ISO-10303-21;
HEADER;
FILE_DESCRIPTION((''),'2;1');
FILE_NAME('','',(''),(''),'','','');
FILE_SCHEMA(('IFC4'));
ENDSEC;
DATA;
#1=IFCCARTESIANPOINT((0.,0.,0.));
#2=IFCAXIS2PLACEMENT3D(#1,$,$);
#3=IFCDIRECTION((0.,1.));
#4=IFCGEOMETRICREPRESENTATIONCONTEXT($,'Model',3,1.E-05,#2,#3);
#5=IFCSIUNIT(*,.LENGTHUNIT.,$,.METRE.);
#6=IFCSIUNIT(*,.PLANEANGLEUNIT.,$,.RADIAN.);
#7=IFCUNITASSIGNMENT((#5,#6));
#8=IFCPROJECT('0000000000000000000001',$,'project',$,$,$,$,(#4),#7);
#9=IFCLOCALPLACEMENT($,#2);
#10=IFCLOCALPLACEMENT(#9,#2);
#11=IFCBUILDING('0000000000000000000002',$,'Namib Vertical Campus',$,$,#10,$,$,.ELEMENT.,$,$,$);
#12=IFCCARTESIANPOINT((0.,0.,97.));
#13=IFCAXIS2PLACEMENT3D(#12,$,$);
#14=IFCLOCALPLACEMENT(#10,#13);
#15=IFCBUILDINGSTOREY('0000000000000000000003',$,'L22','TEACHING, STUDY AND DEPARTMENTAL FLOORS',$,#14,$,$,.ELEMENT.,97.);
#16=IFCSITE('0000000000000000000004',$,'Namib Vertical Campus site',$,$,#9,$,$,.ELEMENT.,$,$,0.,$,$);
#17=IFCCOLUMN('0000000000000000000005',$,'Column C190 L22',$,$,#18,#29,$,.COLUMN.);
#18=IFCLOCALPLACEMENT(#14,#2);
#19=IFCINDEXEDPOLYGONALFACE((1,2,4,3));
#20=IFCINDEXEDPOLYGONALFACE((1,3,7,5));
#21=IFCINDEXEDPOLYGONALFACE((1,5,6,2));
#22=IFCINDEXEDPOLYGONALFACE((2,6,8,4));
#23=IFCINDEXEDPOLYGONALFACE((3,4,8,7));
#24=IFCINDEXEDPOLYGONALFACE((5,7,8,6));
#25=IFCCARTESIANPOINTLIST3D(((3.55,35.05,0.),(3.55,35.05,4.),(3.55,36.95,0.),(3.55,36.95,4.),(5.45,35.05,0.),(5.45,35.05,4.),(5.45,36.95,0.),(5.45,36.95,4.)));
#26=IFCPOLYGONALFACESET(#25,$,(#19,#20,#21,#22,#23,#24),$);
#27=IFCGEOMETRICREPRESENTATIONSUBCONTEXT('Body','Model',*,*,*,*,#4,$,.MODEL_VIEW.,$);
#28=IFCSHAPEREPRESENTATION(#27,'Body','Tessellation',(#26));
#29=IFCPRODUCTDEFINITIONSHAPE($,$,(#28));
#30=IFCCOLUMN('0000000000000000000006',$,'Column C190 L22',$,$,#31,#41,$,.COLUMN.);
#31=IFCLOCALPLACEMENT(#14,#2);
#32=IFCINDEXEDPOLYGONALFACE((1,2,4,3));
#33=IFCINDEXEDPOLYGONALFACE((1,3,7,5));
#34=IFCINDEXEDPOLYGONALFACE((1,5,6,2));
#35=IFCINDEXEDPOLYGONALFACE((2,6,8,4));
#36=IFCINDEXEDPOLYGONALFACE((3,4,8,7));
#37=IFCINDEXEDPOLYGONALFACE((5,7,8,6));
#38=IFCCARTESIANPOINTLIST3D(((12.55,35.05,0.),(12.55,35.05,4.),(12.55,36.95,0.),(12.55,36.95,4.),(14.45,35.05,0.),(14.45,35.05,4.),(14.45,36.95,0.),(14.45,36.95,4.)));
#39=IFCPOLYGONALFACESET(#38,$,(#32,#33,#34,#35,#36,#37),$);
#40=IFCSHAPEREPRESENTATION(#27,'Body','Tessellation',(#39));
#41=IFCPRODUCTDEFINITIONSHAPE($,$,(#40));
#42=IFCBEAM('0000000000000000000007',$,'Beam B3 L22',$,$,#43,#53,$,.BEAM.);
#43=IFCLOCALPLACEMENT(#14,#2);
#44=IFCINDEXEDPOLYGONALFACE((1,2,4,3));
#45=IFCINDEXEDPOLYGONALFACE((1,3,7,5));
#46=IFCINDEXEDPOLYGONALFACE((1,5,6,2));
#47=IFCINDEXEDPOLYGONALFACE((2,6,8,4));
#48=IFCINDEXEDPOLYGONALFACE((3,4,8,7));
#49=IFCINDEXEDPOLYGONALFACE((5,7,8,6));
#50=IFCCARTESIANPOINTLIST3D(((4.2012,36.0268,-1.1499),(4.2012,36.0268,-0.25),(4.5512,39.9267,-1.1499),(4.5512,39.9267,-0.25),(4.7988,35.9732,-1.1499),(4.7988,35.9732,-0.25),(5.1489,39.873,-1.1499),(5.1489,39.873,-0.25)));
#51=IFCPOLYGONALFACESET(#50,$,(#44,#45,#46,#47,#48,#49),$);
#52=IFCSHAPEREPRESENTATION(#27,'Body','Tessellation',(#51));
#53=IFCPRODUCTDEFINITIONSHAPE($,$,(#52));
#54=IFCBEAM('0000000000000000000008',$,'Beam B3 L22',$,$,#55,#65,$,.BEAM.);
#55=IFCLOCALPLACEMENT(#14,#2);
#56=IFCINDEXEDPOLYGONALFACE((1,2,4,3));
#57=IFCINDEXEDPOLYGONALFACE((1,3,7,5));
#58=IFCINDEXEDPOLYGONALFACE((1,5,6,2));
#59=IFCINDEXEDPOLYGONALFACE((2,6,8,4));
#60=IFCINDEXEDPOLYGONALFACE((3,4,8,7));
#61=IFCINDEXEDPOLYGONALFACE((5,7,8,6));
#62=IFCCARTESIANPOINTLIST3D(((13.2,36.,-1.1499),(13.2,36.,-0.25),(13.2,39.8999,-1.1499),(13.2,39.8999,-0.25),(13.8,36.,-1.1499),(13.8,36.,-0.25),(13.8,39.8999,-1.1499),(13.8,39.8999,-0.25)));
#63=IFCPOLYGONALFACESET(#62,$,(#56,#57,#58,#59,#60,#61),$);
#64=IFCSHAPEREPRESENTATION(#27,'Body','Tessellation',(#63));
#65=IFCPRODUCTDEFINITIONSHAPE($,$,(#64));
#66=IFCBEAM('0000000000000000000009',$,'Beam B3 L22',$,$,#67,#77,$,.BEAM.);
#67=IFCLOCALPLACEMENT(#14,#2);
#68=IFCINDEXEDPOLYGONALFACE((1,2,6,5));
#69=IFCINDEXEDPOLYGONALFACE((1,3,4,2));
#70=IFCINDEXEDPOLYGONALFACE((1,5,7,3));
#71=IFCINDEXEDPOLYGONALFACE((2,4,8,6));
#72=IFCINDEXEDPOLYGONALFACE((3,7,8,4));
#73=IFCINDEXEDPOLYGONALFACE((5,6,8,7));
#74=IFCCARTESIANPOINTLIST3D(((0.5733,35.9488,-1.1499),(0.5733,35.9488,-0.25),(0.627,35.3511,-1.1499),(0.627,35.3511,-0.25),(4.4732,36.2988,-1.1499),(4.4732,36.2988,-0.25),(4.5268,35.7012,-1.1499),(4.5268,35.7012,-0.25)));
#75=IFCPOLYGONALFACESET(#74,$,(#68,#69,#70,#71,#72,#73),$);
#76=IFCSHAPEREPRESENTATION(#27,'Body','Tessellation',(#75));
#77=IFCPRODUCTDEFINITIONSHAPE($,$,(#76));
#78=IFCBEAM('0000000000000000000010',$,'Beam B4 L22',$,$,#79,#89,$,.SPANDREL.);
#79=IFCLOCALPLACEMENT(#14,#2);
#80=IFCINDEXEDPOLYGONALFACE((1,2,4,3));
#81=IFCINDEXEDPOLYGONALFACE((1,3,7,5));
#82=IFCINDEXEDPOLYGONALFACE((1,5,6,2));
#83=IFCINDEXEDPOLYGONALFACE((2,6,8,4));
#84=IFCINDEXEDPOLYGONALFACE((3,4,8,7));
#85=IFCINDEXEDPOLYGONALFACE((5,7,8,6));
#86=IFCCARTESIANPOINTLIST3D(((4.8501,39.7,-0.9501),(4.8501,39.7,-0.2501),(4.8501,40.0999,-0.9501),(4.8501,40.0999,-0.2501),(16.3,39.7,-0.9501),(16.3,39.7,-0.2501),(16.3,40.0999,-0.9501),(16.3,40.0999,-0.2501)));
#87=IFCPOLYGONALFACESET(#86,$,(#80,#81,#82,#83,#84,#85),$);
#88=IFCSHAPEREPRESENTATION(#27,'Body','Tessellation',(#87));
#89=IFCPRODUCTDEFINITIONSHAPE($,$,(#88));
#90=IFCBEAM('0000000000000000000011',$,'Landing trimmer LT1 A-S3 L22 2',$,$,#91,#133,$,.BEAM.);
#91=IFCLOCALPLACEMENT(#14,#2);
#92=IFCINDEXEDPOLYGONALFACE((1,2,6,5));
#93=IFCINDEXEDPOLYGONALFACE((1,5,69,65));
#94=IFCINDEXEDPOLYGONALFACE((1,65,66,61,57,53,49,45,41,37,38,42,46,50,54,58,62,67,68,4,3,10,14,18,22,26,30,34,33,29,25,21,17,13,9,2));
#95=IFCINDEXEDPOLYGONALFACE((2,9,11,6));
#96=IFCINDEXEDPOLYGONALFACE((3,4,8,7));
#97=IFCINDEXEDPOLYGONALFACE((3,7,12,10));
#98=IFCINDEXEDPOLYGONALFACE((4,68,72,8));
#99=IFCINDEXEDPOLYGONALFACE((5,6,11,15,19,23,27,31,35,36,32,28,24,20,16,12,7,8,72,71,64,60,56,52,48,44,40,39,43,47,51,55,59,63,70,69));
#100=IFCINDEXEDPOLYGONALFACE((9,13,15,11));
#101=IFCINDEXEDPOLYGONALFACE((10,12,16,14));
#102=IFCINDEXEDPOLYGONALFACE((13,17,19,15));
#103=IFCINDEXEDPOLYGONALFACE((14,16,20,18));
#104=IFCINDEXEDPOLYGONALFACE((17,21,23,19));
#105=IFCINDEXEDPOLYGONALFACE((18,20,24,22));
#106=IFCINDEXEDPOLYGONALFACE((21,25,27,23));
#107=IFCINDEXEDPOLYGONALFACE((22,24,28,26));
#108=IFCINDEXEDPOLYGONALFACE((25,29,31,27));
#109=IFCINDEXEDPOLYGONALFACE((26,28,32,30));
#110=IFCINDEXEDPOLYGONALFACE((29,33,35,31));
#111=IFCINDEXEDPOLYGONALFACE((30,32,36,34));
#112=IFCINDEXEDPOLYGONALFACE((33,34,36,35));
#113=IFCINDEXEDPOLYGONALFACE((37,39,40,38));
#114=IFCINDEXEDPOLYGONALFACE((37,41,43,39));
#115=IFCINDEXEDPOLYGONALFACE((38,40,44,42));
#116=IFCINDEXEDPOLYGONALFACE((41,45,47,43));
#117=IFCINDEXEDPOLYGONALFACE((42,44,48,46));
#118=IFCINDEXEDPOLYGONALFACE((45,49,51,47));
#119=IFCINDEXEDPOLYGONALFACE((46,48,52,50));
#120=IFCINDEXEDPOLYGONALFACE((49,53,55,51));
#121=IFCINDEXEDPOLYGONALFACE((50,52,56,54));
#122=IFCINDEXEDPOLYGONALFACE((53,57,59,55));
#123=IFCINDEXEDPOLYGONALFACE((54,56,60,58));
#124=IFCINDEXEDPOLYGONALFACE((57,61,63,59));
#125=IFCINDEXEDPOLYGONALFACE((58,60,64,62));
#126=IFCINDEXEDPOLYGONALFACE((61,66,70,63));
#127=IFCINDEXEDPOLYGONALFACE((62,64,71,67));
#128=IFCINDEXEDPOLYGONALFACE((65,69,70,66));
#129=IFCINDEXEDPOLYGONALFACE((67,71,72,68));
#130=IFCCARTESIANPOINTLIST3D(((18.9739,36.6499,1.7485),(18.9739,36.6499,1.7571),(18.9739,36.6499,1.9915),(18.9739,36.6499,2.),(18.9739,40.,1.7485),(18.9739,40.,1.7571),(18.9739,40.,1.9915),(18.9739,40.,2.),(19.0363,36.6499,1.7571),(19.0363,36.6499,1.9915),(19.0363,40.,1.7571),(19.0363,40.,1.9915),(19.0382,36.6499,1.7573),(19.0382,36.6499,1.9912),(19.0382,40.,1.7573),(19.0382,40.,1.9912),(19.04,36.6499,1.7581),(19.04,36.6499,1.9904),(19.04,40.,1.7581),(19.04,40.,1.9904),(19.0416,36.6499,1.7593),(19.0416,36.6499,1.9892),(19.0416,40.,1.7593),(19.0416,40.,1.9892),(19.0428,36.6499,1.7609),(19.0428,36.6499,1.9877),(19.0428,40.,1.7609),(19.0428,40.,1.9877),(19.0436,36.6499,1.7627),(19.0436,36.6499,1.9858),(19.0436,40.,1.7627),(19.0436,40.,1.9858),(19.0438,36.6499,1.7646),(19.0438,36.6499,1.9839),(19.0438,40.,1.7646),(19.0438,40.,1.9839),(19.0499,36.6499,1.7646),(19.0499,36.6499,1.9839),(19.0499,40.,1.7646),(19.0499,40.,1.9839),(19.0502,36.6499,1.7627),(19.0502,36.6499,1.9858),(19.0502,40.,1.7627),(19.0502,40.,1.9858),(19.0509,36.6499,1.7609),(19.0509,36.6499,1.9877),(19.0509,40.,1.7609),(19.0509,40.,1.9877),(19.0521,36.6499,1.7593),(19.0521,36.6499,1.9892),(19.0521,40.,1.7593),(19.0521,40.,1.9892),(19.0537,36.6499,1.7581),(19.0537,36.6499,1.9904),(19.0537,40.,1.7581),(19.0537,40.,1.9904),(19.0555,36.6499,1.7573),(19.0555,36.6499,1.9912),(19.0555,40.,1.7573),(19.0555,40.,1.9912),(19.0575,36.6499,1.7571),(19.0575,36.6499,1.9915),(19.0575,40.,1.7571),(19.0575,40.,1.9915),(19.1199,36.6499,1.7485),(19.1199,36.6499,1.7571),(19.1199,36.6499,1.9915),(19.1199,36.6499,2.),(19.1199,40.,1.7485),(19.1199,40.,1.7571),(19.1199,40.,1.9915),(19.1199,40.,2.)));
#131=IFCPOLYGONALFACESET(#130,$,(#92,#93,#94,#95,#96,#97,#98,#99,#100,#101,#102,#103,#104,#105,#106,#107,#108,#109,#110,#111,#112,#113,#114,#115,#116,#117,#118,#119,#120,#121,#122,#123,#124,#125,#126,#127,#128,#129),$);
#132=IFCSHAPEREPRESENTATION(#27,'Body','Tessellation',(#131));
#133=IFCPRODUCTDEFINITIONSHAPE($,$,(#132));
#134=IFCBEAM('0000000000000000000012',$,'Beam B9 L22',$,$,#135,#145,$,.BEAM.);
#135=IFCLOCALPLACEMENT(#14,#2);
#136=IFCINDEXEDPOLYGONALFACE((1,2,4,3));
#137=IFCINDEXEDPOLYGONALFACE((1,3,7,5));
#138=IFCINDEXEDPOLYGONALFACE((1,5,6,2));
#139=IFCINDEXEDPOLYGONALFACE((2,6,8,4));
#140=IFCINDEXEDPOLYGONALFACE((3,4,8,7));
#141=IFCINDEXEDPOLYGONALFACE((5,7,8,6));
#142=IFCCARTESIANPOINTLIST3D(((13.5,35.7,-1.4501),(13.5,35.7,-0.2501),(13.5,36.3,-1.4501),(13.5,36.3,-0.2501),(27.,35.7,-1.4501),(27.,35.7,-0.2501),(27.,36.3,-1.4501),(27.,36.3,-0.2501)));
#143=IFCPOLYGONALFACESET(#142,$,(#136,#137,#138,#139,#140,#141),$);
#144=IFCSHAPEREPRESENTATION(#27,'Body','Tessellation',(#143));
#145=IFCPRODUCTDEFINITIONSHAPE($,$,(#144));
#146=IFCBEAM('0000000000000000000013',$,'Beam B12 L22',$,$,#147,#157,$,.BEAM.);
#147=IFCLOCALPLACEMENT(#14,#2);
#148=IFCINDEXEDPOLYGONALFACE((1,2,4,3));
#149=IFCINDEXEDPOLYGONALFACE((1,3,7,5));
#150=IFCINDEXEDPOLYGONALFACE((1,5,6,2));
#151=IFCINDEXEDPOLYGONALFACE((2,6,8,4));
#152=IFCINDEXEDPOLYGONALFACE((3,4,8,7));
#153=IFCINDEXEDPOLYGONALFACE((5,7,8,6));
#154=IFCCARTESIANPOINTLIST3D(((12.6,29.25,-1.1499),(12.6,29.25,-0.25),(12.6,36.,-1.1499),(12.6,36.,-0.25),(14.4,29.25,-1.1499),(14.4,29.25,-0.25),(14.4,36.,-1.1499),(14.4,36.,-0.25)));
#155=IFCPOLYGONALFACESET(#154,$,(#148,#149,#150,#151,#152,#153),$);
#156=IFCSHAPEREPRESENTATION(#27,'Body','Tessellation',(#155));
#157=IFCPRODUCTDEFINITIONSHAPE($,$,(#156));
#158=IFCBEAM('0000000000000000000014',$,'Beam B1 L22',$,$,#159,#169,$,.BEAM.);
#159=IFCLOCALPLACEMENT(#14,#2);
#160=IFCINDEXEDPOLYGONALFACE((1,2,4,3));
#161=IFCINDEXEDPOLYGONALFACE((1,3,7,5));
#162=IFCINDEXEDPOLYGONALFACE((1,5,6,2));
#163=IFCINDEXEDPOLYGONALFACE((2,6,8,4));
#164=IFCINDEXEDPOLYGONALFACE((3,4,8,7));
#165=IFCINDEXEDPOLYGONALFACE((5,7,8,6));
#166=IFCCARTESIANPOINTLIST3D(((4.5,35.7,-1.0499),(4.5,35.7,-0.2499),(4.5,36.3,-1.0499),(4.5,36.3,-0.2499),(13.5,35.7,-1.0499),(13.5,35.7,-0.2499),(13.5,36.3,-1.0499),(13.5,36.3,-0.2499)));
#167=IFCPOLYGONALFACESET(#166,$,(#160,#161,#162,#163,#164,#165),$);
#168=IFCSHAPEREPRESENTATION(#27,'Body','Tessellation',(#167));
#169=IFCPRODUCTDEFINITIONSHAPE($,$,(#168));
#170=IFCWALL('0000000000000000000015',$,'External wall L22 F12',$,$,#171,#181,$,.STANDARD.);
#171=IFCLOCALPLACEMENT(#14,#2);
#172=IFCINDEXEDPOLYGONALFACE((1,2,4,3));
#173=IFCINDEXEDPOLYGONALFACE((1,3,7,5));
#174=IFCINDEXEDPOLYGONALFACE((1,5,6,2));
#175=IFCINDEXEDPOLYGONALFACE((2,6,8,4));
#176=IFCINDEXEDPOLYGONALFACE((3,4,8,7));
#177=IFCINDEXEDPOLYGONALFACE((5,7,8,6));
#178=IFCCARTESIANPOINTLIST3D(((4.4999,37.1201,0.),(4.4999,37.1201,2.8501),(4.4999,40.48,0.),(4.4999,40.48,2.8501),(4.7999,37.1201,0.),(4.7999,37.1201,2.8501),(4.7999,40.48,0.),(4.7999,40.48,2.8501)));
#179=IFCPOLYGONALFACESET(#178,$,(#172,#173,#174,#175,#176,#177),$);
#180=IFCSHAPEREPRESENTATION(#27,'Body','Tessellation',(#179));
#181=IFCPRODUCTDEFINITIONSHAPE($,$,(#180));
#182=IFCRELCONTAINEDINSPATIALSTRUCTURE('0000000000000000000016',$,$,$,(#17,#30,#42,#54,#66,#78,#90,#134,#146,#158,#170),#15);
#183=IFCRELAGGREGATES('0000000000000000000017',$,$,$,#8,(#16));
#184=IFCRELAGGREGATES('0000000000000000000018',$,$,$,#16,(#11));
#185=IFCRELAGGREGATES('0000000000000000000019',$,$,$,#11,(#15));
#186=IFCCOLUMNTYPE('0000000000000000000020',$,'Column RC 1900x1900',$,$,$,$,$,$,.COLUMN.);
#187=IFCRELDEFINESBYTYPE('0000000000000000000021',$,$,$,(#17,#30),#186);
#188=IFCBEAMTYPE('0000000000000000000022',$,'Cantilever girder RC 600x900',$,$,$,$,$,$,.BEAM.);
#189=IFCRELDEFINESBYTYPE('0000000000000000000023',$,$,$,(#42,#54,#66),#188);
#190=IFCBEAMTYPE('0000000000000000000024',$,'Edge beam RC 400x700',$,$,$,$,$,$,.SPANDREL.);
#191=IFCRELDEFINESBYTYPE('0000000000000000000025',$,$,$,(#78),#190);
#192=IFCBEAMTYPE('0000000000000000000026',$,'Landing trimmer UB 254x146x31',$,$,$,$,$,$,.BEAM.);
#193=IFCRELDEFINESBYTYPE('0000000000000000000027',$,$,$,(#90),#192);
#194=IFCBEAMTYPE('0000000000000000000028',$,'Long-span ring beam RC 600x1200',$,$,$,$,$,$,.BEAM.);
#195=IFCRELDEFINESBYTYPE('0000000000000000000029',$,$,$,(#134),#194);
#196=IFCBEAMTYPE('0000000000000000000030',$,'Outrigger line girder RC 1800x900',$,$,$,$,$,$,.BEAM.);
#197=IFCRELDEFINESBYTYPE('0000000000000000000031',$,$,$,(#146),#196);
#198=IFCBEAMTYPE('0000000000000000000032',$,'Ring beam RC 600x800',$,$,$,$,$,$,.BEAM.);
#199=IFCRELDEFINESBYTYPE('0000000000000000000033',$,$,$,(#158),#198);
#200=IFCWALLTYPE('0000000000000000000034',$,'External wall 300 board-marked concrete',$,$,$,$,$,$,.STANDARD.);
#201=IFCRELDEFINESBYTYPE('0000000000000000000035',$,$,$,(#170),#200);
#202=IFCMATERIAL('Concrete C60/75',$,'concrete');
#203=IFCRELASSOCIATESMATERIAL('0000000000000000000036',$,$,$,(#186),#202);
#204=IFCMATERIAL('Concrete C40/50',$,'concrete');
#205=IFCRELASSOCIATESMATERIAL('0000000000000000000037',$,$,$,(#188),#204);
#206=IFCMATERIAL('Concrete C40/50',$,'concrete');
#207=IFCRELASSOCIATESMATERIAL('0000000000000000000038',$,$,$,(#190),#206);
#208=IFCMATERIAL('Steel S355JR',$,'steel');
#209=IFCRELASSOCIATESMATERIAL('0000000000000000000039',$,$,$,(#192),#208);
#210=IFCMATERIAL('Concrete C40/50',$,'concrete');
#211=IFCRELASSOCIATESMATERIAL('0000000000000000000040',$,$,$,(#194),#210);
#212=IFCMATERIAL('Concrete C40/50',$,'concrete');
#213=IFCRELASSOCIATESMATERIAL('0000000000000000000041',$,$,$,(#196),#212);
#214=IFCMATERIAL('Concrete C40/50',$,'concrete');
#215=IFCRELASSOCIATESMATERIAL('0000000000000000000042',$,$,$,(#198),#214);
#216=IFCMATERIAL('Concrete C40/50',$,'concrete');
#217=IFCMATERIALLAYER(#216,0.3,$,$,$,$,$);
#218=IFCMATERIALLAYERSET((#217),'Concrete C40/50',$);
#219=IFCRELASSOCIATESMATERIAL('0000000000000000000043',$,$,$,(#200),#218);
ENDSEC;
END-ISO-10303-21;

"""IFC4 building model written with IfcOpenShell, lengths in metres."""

from ifc_helpers import new_model, si_unit, direction, frame, frame_2d, origin, origin_2d, place, context, subcontext, project, spatial, rectangle, i_section, extrude, material, layer, layer_set, material_profile, profile_set, type_object, element, save


model = new_model("IFC4")

# Units and contexts
model_context = context("Model", 3, precision=1e-05, world=origin(), true_north=direction((0.0, 1.0)))
body_context = subcontext(model_context, "Body", "Model", "MODEL_VIEW")
ifc_project = project(units=[si_unit("LENGTHUNIT", "METRE"), si_unit("PLANEANGLEUNIT", "RADIAN")], contexts=[model_context])

# Site, building, storey
site_placement = place(None, origin())
site = spatial("IfcSite", under=ifc_project, at=site_placement, Name="Namib Vertical Campus site", CompositionType="ELEMENT", RefElevation=0.0)
building_placement = place(site_placement, origin())
building = spatial("IfcBuilding", under=site, at=building_placement, Name="Namib Vertical Campus", CompositionType="ELEMENT")
storey_placement = place(building_placement, frame((0.0, 0.0, 97.0)))
storey = spatial("IfcBuildingStorey", under=building, at=storey_placement, Name="L22", Description="TEACHING, STUDY AND DEPARTMENTAL FLOORS", CompositionType="ELEMENT", Elevation=97.0)

# Columns
ifc_material_1 = material(Name="Concrete C60/75", Category="concrete")
ifc_material_profile_1 = material_profile(ifc_material_1, rectangle(XDim=1.8999, YDim=1.8999, at=origin_2d()))
ifc_profile_set_1 = profile_set([ifc_material_profile_1], Name="Concrete C60/75")
column_type = type_object("IfcColumnType", Name="Column RC 1900x1900", PredefinedType="COLUMN", material=ifc_profile_set_1)
for number, where, z_axis, x_axis, name in (
    (1, (4.5, 36.0, 0.0), (0.0, 0.0, 1.0), (1.0, 0.0, 0.0), "Column C190 L22"),
    (2, (13.5, 36.0, 0.0), (0.0, 0.0, 1.0), (1.0, 0.0, 0.0), "Column C190 L22"),
):
    element("IfcColumn", number, at=place(storey_placement, frame(where, z_axis=z_axis, x_axis=x_axis)), inside=storey, type_object=column_type, Name=name, PredefinedType="COLUMN", context=body_context, shape_type="SweptSolid", body=[
        extrude(rectangle(XDim=1.8999, YDim=1.8999, at=origin_2d()), origin(), (0.0, 0.0, 1.0), 4.0),
    ])

# Beams
ifc_material_2 = material(Name="Concrete C40/50", Category="concrete")
ifc_material_profile_2 = material_profile(ifc_material_2, rectangle(XDim=0.6001, YDim=0.8999, at=origin_2d()))
ifc_profile_set_2 = profile_set([ifc_material_profile_2], Name="Concrete C40/50")
beam_type_1 = type_object("IfcBeamType", Name="Cantilever girder RC 600x900", PredefinedType="BEAM", material=ifc_profile_set_2)
beam_1_placement = place(storey_placement, frame((4.5, 36.0, -0.7), z_axis=(0.089411, 0.995995, 0.0), x_axis=(-0.995995, 0.089411, 0.0)))
element("IfcBeam", 3, at=beam_1_placement, inside=storey, type_object=beam_type_1, Name="Beam B3 L22", PredefinedType="BEAM", context=body_context, shape_type="SweptSolid", body=[
    extrude(rectangle(XDim=0.6001, YDim=0.8999, at=origin_2d()), origin(), (0.0, 0.0, 1.0), 3.9155),
])
beam_2_placement = place(storey_placement, frame((13.5, 36.0, -0.7), z_axis=(0.0, 1.0, 0.0), x_axis=(-1.0, 0.0, 0.0)))
element("IfcBeam", 4, at=beam_2_placement, inside=storey, type_object=beam_type_1, Name="Beam B3 L22", PredefinedType="BEAM", context=body_context, shape_type="SweptSolid", body=[
    extrude(rectangle(XDim=0.6001, YDim=0.8999, at=origin_2d()), origin(), (0.0, 0.0, 1.0), 3.8999),
])
beam_3_placement = place(storey_placement, frame((4.5, 36.0, -0.7), z_axis=(-0.995995, -0.089411, 0.0), x_axis=(0.089411, -0.995995, 0.0)))
element("IfcBeam", 5, at=beam_3_placement, inside=storey, type_object=beam_type_1, Name="Beam B3 L22", PredefinedType="BEAM", context=body_context, shape_type="SweptSolid", body=[
    extrude(rectangle(XDim=0.6001, YDim=0.8999, at=origin_2d()), origin(), (0.0, 0.0, 1.0), 3.9155),
])
ifc_material_3 = material(Name="Concrete C40/50", Category="concrete")
ifc_material_profile_3 = material_profile(ifc_material_3, rectangle(XDim=0.3999, YDim=0.7, at=origin_2d()))
ifc_profile_set_3 = profile_set([ifc_material_profile_3], Name="Concrete C40/50")
beam_type_2 = type_object("IfcBeamType", Name="Edge beam RC 400x700", PredefinedType="SPANDREL", material=ifc_profile_set_3)
beam_4_placement = place(storey_placement, frame((4.8501, 39.8999, -0.6001), z_axis=(1.0, 0.0, 0.0), x_axis=(0.0, 1.0, 0.0)))
element("IfcBeam", 6, at=beam_4_placement, inside=storey, type_object=beam_type_2, Name="Beam B4 L22", PredefinedType="SPANDREL", context=body_context, shape_type="SweptSolid", body=[
    extrude(rectangle(XDim=0.3999, YDim=0.7, at=origin_2d()), origin(), (0.0, 0.0, 1.0), 11.45),
])
ifc_material_4 = material(Name="Steel S355JR", Category="steel")
ifc_material_profile_4 = material_profile(ifc_material_4, i_section(OverallWidth=0.146, OverallDepth=0.2515, WebThickness=0.0061, FlangeThickness=0.0085, FilletRadius=0.0076, at=origin_2d()))
ifc_profile_set_4 = profile_set([ifc_material_profile_4], Name="Steel S355JR")
beam_type_3 = type_object("IfcBeamType", Name="Landing trimmer UB 254x146x31", PredefinedType="BEAM", material=ifc_profile_set_4)
beam_5_placement = place(storey_placement, frame((19.0469, 36.6499, 1.8743), z_axis=(0.0, 1.0, 0.0), x_axis=(-1.0, 0.0, 0.0)))
element("IfcBeam", 7, at=beam_5_placement, inside=storey, type_object=beam_type_3, Name="Landing trimmer LT1 A-S3 L22 2", PredefinedType="BEAM", context=body_context, shape_type="SweptSolid", body=[
    extrude(i_section(OverallWidth=0.146, OverallDepth=0.2515, WebThickness=0.0061, FlangeThickness=0.0085, FilletRadius=0.0076, at=origin_2d()), origin(), (0.0, 0.0, 1.0), 3.3501),
])
ifc_material_5 = material(Name="Concrete C40/50", Category="concrete")
ifc_material_profile_5 = material_profile(ifc_material_5, rectangle(XDim=0.6001, YDim=1.2, at=origin_2d()))
ifc_profile_set_5 = profile_set([ifc_material_profile_5], Name="Concrete C40/50")
beam_type_4 = type_object("IfcBeamType", Name="Long-span ring beam RC 600x1200", PredefinedType="BEAM", material=ifc_profile_set_5)
beam_6_placement = place(storey_placement, frame((13.5, 36.0, -0.8501), z_axis=(1.0, 0.0, 0.0), x_axis=(0.0, 1.0, 0.0)))
element("IfcBeam", 8, at=beam_6_placement, inside=storey, type_object=beam_type_4, Name="Beam B9 L22", PredefinedType="BEAM", context=body_context, shape_type="SweptSolid", body=[
    extrude(rectangle(XDim=0.6001, YDim=1.2, at=origin_2d()), origin(), (0.0, 0.0, 1.0), 13.5),
])
ifc_material_6 = material(Name="Concrete C40/50", Category="concrete")
ifc_material_profile_6 = material_profile(ifc_material_6, rectangle(XDim=1.8, YDim=0.8999, at=origin_2d()))
ifc_profile_set_6 = profile_set([ifc_material_profile_6], Name="Concrete C40/50")
beam_type_5 = type_object("IfcBeamType", Name="Outrigger line girder RC 1800x900", PredefinedType="BEAM", material=ifc_profile_set_6)
beam_7_placement = place(storey_placement, frame((13.5, 36.0, -0.7), z_axis=(0.0, -1.0, 0.0), x_axis=(1.0, 0.0, 0.0)))
element("IfcBeam", 9, at=beam_7_placement, inside=storey, type_object=beam_type_5, Name="Beam B12 L22", PredefinedType="BEAM", context=body_context, shape_type="SweptSolid", body=[
    extrude(rectangle(XDim=1.8, YDim=0.8999, at=origin_2d()), origin(), (0.0, 0.0, 1.0), 6.75),
])
ifc_material_7 = material(Name="Concrete C40/50", Category="concrete")
ifc_material_profile_7 = material_profile(ifc_material_7, rectangle(XDim=0.6001, YDim=0.8, at=origin_2d()))
ifc_profile_set_7 = profile_set([ifc_material_profile_7], Name="Concrete C40/50")
beam_type_6 = type_object("IfcBeamType", Name="Ring beam RC 600x800", PredefinedType="BEAM", material=ifc_profile_set_7)
beam_8_placement = place(storey_placement, frame((4.5, 36.0, -0.6499), z_axis=(1.0, 0.0, 0.0), x_axis=(0.0, 1.0, 0.0)))
element("IfcBeam", 10, at=beam_8_placement, inside=storey, type_object=beam_type_6, Name="Beam B1 L22", PredefinedType="BEAM", context=body_context, shape_type="SweptSolid", body=[
    extrude(rectangle(XDim=0.6001, YDim=0.8, at=origin_2d()), origin(), (0.0, 0.0, 1.0), 9.0),
])

# Wall
ifc_material_8 = material(Name="Concrete C40/50", Category="concrete")
ifc_layer_1 = layer(ifc_material_8, 0.3)
ifc_layer_set_1 = layer_set([ifc_layer_1], Name="Concrete C40/50")
wall_type_1 = type_object("IfcWallType", Name="External wall 300 board-marked concrete", PredefinedType="STANDARD", material=ifc_layer_set_1)
wall_1_placement = place(storey_placement, frame((4.6499, 40.48, 0.0), z_axis=(0.0, 0.0, 1.0), x_axis=(0.0, -1.0, 0.0)))
element("IfcWall", 11, at=wall_1_placement, inside=storey, type_object=wall_type_1, Name="External wall L22 F12", PredefinedType="STANDARD", context=body_context, shape_type="SweptSolid", body=[
    extrude(rectangle(XDim=3.3599, YDim=0.3, at=frame_2d((1.6799, 0.0))), origin(), (0.0, 0.0, 1.0), 2.8501),
])

save(model, "model.ifc")
